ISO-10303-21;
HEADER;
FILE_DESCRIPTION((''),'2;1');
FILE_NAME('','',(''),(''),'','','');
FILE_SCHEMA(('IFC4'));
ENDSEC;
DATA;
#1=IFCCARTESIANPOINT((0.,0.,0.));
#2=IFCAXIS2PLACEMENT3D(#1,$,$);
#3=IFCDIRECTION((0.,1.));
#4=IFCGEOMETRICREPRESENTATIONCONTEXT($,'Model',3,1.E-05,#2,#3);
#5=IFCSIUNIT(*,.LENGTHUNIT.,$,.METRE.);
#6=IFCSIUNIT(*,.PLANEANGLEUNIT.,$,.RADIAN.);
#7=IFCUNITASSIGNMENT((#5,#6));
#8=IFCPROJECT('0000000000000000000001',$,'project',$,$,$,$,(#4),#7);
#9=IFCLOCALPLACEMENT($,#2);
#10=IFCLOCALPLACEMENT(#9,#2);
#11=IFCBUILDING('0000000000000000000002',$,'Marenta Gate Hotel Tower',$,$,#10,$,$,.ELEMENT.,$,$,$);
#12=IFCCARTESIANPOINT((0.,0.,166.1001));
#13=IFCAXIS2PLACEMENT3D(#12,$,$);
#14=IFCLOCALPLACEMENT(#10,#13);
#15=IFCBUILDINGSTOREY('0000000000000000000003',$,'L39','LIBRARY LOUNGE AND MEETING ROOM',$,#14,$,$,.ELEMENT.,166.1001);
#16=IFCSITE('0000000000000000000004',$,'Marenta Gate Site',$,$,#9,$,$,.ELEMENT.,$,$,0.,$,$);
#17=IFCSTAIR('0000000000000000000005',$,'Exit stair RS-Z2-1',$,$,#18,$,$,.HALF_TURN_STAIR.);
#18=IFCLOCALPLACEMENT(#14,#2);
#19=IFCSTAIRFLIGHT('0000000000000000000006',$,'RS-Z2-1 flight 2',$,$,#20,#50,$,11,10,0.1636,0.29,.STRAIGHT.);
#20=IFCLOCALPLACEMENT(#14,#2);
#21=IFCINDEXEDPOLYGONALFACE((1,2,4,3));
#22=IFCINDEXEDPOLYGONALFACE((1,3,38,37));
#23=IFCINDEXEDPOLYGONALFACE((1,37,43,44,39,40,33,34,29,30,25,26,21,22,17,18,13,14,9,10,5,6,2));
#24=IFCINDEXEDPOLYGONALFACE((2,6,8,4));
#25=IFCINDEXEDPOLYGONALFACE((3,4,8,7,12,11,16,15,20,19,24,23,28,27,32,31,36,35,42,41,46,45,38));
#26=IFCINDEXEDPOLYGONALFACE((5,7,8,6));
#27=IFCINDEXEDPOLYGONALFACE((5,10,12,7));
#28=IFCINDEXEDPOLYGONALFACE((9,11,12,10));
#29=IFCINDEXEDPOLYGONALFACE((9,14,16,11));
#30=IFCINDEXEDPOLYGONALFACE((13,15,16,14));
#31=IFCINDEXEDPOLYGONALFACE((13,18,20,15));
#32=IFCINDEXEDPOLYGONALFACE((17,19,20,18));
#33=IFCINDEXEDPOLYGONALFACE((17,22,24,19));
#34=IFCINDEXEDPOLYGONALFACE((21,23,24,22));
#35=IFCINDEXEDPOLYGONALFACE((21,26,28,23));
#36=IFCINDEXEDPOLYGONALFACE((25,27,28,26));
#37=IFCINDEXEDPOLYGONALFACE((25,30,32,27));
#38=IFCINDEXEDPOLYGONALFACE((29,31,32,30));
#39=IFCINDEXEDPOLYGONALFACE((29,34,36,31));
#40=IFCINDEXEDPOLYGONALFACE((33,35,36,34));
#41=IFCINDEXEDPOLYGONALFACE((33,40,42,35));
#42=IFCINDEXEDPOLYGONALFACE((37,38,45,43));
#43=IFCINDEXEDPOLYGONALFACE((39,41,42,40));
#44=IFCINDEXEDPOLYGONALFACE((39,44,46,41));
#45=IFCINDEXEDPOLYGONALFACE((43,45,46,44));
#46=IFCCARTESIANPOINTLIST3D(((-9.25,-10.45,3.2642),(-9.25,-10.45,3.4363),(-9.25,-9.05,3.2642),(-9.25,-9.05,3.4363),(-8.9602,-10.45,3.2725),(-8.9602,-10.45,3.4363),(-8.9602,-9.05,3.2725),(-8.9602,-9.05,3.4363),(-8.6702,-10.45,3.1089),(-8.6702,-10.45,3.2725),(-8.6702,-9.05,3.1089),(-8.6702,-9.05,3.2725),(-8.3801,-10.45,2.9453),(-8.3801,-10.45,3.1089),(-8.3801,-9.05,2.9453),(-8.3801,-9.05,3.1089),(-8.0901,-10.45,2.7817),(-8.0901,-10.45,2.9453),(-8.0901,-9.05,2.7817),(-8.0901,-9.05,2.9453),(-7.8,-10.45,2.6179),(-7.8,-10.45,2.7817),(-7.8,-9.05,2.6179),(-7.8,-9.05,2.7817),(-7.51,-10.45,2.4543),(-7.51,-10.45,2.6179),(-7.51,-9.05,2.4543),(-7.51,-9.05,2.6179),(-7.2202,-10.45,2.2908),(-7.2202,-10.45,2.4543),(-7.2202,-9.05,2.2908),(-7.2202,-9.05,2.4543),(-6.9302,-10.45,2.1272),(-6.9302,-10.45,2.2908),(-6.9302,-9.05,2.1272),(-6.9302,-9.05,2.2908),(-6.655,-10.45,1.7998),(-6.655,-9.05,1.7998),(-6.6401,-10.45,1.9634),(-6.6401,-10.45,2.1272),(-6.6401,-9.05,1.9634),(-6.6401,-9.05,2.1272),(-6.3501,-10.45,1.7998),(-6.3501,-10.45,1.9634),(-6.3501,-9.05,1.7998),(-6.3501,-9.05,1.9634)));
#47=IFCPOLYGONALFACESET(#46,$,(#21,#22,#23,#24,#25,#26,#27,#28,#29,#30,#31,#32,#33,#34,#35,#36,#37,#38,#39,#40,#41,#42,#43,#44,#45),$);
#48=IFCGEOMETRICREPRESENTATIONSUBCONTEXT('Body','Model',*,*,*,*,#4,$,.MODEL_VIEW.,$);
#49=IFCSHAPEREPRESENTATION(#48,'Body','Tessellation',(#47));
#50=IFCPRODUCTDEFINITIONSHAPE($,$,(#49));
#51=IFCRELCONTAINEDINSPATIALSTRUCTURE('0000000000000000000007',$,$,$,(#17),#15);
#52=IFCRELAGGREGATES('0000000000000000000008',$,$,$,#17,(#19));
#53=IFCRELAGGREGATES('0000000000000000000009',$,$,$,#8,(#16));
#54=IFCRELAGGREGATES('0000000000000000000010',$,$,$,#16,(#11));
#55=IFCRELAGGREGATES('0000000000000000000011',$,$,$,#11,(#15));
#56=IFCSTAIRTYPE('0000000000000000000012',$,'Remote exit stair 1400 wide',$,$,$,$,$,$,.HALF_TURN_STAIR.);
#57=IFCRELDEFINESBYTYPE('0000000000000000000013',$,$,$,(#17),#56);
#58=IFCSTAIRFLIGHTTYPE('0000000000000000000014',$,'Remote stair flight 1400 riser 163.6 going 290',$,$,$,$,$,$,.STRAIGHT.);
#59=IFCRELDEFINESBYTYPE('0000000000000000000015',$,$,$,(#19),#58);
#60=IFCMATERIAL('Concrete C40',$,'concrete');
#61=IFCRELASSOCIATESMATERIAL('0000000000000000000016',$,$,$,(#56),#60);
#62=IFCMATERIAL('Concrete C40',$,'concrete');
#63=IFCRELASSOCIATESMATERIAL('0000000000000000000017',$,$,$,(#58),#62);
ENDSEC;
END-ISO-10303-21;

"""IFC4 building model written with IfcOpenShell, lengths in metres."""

from ifc_helpers import new_model, si_unit, direction, frame, origin, place, context, subcontext, project, spatial, polyline, outline, extrude, material, type_object, element, aggregate, save


model = new_model("IFC4")

# Units and contexts
model_context = context("Model", 3, precision=1e-05, world=origin(), true_north=direction((0.0, 1.0)))
body_context = subcontext(model_context, "Body", "Model", "MODEL_VIEW")
ifc_project = project(units=[si_unit("LENGTHUNIT", "METRE"), si_unit("PLANEANGLEUNIT", "RADIAN")], contexts=[model_context])

# Site, building, storey
site_placement = place(None, origin())
site = spatial("IfcSite", under=ifc_project, at=site_placement, Name="Marenta Gate Site", CompositionType="ELEMENT", RefElevation=0.0)
building_placement = place(site_placement, origin())
building = spatial("IfcBuilding", under=site, at=building_placement, Name="Marenta Gate Hotel Tower", CompositionType="ELEMENT")
storey_placement = place(building_placement, frame((0.0, 0.0, 166.1001)))
storey = spatial("IfcBuildingStorey", under=building, at=storey_placement, Name="L39", Description="LIBRARY LOUNGE AND MEETING ROOM", CompositionType="ELEMENT", Elevation=166.1001)

# Stair, stair flight
ifc_material_1 = material(Name="Concrete C40", Category="concrete")
stair_type = type_object("IfcStairType", Name="Remote exit stair 1400 wide", PredefinedType="HALF_TURN_STAIR", material=ifc_material_1)
stair_placement = place(storey_placement, origin())
stair = element("IfcStair", 1, at=stair_placement, inside=storey, type_object=stair_type, Name="Exit stair RS-Z2-1", PredefinedType="HALF_TURN_STAIR")
ifc_material_2 = material(Name="Concrete C40", Category="concrete")
stair_flight_type = type_object("IfcStairFlightType", Name="Remote stair flight 1400 riser 163.6 going 290", PredefinedType="STRAIGHT", material=ifc_material_2)
stair_flight_1_placement = place(storey_placement, frame((-6.3501, -9.75, 1.7998), z_axis=(0.0, 0.0, 1.0), x_axis=(-1.0, 0.0, 0.0)))
stair_flight_1 = element("IfcStairFlight", 2, at=stair_flight_1_placement, type_object=stair_flight_type, Name="RS-Z2-1 flight 2", NumberOfRisers=11, NumberOfTreads=10, PredefinedType="STRAIGHT", RiserHeight=0.1636, TreadLength=0.29, context=body_context, shape_type="SweptSolid", body=[
    extrude(outline(polyline([(0.0, 0.0), (0.0, 0.1636), (0.29, 0.1636), (0.29, 0.3274), (0.5801, 0.3274), (0.5801, 0.491), (0.8701, 0.491), (0.8701, 0.6545), (1.1599, 0.6545), (1.1599, 0.8181), (1.45, 0.8181), (1.45, 0.9819), (1.74, 0.9819), (1.74, 1.1455), (2.03, 1.1455), (2.03, 1.3091), (2.3201, 1.3091), (2.3201, 1.4727), (2.6101, 1.4727), (2.6101, 1.6365), (2.8999, 1.6365), (2.8999, 1.8), (2.8999, 1.4644), (0.3049, 0.0), (0.0, 0.0)])), frame((0.0, 0.7, 0.0), z_axis=(0.0, -1.0, 0.0), x_axis=(1.0, 0.0, 0.0)), (0.0, 0.0, 1.0), 1.3999),
])
aggregate(stair, [stair_flight_1])

save(model, "model.ifc")
